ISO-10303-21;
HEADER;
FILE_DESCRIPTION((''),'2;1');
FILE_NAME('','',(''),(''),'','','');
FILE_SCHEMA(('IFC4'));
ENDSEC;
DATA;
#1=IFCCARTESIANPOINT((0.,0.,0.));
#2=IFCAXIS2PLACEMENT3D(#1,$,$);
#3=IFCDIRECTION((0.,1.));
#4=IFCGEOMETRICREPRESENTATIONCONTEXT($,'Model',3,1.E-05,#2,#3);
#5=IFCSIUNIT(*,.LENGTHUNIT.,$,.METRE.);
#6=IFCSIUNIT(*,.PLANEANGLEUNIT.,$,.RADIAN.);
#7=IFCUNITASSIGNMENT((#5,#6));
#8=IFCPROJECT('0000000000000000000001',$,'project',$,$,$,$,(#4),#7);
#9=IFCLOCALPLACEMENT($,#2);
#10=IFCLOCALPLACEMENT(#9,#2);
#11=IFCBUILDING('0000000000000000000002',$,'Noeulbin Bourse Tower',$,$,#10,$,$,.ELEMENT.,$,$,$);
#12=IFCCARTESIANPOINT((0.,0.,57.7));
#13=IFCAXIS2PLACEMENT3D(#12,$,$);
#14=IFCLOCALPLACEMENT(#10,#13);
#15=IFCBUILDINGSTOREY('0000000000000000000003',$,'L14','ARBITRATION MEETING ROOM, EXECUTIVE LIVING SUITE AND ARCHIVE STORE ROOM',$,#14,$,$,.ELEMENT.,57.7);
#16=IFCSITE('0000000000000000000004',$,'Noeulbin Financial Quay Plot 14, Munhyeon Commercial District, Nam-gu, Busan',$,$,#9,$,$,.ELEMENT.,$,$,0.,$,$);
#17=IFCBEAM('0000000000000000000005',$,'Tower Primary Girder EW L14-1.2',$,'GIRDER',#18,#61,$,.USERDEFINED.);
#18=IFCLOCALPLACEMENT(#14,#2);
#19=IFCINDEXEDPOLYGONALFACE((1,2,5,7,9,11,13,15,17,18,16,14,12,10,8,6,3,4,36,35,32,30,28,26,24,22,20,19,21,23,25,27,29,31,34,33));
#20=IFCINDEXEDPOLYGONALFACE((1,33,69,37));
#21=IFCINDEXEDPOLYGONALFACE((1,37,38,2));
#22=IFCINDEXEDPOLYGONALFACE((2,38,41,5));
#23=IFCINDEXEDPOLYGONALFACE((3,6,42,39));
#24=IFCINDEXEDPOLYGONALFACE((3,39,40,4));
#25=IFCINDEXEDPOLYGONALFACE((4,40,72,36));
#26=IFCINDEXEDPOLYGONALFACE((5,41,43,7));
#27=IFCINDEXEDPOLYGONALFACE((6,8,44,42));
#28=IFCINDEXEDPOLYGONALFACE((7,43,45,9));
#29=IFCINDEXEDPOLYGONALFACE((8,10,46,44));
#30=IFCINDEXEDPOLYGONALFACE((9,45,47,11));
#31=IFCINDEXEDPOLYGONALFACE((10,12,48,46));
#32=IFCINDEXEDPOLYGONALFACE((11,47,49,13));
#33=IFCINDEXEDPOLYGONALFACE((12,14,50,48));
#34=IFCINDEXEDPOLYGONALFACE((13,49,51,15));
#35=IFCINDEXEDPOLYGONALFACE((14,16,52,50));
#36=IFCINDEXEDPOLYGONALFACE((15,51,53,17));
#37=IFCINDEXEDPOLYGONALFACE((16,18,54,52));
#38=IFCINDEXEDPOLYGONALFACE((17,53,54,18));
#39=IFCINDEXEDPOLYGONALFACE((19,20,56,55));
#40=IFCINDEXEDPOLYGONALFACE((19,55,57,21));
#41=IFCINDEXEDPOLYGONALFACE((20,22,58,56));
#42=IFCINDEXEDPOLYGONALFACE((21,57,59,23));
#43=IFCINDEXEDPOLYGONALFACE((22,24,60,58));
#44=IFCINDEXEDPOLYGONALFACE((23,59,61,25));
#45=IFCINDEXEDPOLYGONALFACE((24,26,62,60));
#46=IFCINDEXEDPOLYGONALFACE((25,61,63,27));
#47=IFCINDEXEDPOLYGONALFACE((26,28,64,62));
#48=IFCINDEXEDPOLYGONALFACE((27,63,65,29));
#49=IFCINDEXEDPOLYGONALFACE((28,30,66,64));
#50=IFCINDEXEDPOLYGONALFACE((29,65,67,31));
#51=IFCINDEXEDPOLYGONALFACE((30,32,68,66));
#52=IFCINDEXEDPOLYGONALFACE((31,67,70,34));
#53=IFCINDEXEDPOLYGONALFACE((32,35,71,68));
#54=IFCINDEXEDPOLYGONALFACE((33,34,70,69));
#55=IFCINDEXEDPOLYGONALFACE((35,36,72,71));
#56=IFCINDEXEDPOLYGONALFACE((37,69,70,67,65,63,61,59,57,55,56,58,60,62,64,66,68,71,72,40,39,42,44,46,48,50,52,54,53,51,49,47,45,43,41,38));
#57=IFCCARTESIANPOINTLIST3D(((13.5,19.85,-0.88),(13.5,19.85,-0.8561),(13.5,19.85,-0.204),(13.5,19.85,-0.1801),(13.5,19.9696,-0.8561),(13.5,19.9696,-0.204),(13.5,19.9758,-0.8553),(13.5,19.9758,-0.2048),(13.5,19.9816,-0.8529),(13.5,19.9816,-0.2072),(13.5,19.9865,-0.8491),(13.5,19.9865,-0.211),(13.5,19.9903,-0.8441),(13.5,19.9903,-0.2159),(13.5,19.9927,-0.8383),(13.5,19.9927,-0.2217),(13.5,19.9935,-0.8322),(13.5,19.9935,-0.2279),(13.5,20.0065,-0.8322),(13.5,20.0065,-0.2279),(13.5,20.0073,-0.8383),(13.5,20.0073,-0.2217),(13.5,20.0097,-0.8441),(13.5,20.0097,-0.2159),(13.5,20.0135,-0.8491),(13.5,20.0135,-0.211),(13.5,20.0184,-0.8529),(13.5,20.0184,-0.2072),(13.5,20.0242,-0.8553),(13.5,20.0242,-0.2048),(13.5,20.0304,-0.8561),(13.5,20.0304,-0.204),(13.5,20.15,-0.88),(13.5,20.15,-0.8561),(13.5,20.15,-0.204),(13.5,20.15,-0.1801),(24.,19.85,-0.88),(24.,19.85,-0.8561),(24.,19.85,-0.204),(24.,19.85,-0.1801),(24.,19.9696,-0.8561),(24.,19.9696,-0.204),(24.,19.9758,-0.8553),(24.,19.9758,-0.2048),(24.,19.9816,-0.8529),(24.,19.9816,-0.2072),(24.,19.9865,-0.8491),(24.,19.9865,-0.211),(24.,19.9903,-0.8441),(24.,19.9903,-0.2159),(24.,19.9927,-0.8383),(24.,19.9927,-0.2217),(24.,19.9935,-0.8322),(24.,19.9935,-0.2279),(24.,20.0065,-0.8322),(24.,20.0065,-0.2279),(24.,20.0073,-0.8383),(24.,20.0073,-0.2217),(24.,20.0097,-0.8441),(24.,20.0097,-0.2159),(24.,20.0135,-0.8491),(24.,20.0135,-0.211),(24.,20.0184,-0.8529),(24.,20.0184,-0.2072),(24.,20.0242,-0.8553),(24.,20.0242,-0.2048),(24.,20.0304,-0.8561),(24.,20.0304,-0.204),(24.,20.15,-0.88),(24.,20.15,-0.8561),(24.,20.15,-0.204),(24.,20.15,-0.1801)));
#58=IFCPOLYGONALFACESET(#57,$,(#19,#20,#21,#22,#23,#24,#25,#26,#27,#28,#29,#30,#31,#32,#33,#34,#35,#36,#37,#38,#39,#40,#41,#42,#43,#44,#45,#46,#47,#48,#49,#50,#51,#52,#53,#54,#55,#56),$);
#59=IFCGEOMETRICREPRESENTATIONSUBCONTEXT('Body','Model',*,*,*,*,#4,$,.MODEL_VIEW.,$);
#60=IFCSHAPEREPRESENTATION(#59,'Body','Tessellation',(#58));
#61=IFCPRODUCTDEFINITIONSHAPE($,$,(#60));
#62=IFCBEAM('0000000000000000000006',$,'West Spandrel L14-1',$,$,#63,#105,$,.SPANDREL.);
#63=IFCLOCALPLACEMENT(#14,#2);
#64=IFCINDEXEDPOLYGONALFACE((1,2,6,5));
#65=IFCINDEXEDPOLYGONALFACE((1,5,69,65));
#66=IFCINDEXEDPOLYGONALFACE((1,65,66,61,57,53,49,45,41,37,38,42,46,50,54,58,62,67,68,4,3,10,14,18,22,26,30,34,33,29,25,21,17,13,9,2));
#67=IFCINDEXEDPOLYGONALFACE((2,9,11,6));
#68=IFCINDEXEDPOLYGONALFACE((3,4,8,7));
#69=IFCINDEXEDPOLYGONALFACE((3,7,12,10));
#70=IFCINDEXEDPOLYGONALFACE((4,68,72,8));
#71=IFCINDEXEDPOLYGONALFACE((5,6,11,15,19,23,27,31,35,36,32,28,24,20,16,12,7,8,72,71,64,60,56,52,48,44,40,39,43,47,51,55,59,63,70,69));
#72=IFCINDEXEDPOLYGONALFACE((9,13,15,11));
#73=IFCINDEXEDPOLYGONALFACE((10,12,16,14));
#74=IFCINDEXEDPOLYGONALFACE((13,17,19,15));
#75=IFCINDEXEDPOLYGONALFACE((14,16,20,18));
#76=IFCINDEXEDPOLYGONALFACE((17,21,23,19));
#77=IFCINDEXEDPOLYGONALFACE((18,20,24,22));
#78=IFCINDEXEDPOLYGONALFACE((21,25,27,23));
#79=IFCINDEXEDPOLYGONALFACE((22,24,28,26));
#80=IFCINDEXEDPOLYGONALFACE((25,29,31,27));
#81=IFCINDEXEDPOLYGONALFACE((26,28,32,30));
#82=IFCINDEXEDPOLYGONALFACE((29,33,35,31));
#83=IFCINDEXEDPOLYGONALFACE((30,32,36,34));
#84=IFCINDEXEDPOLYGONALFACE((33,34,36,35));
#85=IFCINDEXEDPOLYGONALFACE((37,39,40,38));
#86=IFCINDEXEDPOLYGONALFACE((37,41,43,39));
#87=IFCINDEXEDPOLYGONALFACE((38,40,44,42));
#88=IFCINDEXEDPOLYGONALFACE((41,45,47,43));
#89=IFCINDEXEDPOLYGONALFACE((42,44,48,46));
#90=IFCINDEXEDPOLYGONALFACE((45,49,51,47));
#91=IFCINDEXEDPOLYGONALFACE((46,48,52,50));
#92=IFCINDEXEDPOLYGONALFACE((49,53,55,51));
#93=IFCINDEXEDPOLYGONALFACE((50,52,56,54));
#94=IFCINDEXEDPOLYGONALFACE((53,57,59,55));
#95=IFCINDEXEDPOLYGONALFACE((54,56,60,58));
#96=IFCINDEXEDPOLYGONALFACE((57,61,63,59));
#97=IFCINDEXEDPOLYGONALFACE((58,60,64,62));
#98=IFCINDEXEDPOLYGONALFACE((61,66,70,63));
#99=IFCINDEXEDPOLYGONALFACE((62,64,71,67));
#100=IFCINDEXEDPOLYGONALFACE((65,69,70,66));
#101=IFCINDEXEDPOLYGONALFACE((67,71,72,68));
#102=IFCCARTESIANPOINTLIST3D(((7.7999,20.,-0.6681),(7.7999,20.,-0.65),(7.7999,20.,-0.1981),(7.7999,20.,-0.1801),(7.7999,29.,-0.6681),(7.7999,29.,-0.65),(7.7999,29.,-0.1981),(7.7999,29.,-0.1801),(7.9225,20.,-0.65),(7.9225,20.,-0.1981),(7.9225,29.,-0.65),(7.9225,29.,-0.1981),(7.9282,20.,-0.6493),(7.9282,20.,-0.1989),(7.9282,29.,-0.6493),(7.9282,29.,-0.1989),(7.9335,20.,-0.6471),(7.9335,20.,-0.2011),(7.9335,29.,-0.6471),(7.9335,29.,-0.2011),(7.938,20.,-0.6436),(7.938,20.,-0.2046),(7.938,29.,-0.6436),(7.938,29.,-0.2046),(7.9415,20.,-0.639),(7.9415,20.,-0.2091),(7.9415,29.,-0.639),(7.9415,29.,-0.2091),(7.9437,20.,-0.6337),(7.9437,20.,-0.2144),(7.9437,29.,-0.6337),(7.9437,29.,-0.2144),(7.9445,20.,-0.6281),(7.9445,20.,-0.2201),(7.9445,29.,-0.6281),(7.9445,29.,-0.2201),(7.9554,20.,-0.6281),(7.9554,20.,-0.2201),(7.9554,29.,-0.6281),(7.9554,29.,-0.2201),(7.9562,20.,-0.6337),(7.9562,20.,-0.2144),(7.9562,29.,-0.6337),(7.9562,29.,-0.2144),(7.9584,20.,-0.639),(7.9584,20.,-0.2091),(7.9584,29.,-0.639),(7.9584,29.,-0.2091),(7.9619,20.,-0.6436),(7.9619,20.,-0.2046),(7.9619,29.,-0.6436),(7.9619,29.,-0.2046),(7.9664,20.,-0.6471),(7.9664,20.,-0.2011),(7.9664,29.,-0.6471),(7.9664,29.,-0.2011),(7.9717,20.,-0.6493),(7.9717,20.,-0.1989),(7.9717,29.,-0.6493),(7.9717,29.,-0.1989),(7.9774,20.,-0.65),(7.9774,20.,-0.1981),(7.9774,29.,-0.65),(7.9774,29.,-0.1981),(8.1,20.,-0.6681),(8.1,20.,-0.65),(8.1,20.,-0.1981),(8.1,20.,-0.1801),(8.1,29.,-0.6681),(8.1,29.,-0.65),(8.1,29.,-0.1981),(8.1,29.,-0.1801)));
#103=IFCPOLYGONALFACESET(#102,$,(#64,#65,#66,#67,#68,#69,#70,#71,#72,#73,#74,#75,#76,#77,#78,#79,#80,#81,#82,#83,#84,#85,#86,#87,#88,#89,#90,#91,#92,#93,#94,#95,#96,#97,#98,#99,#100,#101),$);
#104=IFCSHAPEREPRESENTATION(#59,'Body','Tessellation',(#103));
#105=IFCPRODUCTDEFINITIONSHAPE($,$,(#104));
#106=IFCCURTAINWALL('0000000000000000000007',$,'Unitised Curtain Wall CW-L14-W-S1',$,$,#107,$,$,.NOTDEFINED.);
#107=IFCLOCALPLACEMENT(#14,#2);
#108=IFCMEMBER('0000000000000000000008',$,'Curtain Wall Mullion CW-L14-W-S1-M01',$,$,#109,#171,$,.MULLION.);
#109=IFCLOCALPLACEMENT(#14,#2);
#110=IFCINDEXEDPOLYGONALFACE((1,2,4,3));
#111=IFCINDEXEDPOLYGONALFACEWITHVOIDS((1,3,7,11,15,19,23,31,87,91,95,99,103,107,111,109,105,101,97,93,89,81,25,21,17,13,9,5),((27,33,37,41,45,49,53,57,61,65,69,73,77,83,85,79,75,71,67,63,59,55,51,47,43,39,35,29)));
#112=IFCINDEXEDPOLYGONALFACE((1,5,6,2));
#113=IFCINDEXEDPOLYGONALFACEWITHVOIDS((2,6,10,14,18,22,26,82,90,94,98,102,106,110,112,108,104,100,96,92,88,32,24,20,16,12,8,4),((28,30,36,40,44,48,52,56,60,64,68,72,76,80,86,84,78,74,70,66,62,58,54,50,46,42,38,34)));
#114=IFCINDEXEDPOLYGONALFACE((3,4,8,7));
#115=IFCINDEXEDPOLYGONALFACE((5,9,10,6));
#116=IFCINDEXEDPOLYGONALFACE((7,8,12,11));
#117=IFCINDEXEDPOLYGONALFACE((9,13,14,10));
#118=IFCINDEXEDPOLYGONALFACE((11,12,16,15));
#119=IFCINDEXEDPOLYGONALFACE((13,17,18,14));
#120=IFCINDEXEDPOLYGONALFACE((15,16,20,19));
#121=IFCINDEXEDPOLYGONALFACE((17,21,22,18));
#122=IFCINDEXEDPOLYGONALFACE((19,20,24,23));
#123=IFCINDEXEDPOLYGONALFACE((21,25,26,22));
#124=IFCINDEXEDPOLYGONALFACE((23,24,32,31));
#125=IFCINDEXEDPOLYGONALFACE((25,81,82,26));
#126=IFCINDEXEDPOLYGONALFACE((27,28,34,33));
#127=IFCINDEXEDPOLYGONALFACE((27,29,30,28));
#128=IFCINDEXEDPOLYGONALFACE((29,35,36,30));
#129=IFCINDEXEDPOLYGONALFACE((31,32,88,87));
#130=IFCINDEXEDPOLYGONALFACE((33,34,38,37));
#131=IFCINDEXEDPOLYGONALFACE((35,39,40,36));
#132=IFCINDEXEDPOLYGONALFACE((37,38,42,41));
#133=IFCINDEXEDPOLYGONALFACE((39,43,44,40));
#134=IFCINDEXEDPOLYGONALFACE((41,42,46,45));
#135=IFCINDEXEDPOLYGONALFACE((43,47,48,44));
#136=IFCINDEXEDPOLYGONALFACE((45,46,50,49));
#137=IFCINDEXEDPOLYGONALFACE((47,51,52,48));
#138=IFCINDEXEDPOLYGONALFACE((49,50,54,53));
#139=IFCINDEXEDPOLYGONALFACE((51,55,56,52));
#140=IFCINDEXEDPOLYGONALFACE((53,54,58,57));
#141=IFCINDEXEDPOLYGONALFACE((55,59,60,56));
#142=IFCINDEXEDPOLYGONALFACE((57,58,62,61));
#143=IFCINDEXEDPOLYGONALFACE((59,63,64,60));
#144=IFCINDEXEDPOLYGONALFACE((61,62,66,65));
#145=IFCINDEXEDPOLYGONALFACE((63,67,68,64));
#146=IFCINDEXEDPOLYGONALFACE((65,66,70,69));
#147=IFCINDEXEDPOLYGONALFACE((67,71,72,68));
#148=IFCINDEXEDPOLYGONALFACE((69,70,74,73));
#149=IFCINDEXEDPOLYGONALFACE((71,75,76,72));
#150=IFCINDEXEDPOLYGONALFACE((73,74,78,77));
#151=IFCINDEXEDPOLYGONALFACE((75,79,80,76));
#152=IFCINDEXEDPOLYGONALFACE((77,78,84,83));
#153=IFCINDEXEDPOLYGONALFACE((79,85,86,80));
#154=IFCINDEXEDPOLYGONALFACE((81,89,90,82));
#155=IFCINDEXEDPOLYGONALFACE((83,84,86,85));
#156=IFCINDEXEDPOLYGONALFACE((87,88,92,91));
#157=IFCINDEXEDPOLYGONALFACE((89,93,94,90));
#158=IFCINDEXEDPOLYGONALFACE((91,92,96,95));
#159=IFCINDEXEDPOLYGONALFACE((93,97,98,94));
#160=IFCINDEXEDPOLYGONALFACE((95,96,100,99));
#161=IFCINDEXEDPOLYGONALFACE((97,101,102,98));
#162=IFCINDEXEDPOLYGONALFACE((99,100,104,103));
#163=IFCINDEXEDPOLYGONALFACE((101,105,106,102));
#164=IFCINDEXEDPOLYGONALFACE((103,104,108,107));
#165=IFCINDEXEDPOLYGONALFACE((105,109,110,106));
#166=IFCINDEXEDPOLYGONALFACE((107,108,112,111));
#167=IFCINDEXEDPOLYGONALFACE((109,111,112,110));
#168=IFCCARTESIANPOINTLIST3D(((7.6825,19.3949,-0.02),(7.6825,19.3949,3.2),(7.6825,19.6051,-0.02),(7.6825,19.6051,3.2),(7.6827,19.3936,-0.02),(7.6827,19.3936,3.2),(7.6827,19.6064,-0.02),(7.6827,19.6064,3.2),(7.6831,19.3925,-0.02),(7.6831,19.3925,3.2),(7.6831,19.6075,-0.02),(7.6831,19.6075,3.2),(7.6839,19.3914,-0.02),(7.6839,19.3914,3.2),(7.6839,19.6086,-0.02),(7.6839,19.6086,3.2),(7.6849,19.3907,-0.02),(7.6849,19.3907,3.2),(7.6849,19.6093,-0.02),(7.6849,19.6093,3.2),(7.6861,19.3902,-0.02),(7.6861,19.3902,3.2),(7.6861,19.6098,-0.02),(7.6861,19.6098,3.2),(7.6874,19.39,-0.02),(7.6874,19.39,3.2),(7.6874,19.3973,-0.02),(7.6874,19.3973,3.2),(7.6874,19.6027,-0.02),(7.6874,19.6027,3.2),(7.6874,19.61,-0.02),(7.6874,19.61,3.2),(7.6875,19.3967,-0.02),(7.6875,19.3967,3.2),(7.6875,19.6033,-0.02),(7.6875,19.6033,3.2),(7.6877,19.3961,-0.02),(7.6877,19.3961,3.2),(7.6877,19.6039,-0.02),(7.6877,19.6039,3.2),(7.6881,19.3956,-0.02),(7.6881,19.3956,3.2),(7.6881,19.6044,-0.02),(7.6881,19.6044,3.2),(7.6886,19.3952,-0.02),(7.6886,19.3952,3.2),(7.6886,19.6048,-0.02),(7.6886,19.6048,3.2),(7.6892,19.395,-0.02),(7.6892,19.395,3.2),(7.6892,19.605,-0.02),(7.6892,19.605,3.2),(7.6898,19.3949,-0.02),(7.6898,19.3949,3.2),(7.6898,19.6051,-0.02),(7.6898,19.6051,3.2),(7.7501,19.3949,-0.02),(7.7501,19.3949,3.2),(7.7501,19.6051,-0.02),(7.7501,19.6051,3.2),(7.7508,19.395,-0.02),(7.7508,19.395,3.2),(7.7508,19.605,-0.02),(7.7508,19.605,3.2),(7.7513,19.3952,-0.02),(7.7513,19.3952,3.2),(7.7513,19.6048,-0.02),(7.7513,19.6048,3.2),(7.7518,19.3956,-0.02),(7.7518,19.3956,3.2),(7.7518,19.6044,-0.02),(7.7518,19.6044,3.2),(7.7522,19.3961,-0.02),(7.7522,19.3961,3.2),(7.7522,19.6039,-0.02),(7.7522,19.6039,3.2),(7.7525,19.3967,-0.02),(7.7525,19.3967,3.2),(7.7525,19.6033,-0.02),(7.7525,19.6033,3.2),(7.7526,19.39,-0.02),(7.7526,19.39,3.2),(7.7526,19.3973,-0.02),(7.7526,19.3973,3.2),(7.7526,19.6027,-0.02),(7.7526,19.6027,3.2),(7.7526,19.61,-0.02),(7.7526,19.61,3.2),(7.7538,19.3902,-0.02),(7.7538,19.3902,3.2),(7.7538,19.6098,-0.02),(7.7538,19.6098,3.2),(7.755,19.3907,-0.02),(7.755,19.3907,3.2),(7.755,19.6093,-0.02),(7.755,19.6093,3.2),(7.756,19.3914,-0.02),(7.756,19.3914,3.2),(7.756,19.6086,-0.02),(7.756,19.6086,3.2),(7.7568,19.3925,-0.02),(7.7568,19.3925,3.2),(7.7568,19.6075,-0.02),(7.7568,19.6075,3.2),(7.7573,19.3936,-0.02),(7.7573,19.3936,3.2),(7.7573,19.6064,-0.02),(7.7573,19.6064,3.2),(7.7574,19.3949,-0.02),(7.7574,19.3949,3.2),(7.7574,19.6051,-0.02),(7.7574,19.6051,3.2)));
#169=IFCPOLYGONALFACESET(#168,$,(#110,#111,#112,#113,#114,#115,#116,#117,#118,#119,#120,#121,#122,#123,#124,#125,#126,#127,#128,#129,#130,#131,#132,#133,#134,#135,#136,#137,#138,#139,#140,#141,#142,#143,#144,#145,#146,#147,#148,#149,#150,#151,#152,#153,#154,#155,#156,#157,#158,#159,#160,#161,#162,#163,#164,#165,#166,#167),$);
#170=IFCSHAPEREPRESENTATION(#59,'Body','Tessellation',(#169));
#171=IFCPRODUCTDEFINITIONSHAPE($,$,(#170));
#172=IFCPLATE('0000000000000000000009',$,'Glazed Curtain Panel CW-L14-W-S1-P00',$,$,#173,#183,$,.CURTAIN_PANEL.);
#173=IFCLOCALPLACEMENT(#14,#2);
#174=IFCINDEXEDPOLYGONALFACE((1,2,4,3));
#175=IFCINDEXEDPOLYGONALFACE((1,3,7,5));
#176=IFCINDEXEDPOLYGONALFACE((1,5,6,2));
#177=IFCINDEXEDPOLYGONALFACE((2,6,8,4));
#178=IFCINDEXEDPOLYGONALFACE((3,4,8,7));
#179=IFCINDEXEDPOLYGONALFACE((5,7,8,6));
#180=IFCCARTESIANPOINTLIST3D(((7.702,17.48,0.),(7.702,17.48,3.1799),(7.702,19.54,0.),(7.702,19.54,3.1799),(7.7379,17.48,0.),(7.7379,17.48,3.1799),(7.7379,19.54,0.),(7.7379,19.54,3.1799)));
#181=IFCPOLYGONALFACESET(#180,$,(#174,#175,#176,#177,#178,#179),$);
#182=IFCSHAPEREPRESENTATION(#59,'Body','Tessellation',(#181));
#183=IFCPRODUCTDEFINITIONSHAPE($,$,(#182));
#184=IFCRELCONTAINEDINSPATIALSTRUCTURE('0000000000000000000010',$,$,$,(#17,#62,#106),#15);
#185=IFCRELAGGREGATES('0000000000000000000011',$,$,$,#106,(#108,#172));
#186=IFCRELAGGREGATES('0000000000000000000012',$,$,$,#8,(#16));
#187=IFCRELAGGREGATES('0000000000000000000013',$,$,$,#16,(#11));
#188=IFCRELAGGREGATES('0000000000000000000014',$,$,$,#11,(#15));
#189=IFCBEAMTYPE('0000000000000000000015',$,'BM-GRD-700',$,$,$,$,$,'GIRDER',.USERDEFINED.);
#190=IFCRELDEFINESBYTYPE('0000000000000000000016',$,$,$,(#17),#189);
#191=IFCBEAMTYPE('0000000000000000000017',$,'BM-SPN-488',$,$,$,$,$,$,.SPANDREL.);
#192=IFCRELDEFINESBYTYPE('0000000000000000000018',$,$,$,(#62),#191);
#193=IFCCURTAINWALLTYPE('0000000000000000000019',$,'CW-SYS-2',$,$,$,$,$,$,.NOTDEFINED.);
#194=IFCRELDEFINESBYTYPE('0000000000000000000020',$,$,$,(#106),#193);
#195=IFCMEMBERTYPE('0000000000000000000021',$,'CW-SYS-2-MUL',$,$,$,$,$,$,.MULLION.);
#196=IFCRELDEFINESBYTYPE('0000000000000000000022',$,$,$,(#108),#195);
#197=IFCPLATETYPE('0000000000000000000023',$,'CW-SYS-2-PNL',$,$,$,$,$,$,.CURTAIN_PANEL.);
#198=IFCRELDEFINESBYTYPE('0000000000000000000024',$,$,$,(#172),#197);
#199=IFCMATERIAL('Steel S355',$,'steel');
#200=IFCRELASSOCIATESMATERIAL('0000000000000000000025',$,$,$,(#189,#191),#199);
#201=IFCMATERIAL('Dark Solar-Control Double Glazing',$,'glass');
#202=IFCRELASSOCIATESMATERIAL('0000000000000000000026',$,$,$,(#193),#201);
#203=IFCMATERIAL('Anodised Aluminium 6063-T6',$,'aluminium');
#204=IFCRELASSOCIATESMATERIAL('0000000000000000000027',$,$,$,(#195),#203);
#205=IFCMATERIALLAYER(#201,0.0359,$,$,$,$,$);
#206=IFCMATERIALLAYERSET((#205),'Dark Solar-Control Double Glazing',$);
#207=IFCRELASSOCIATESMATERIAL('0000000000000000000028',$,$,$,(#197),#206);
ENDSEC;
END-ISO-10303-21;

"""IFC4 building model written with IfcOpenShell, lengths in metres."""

from ifc_helpers import new_model, si_unit, direction, frame, origin, origin_2d, place, context, subcontext, project, spatial, rectangle, hollow_rectangle, i_section, extrude, material, layer, layer_set, material_profile, profile_set, type_object, element, aggregate, save


model = new_model("IFC4")

# Units and contexts
model_context = context("Model", 3, precision=1e-05, world=origin(), true_north=direction((0.0, 1.0)))
body_context = subcontext(model_context, "Body", "Model", "MODEL_VIEW")
ifc_project = project(units=[si_unit("LENGTHUNIT", "METRE"), si_unit("PLANEANGLEUNIT", "RADIAN")], contexts=[model_context])

# Site, building, storey
site_placement = place(None, origin())
site = spatial("IfcSite", under=ifc_project, at=site_placement, Name="Noeulbin Financial Quay Plot 14, Munhyeon Commercial District, Nam-gu, Busan", CompositionType="ELEMENT", RefElevation=0.0)
building_placement = place(site_placement, origin())
building = spatial("IfcBuilding", under=site, at=building_placement, Name="Noeulbin Bourse Tower", CompositionType="ELEMENT")
storey_placement = place(building_placement, frame((0.0, 0.0, 57.7)))
storey = spatial("IfcBuildingStorey", under=building, at=storey_placement, Name="L14", Description="ARBITRATION MEETING ROOM, EXECUTIVE LIVING SUITE AND ARCHIVE STORE ROOM", CompositionType="ELEMENT", Elevation=57.7)

# Beams
ifc_material_1 = material(Name="Steel S355", Category="steel")
ifc_material_profile_1 = material_profile(ifc_material_1, i_section(OverallWidth=0.3, OverallDepth=0.7, WebThickness=0.0129, FlangeThickness=0.0239, FilletRadius=0.0239, at=origin_2d()), Name="H-700x300x13x24", Category="LoadBearing")
ifc_profile_set_1 = profile_set([ifc_material_profile_1], Name="Steel S355")
beam_type_1 = type_object("IfcBeamType", Name="BM-GRD-700", ElementType="GIRDER", PredefinedType="USERDEFINED", material=ifc_profile_set_1)
beam_1_placement = place(storey_placement, frame((13.5, 20.0, -0.53), z_axis=(1.0, 0.0, 0.0), x_axis=(0.0, 1.0, 0.0)))
element("IfcBeam", 1, at=beam_1_placement, inside=storey, type_object=beam_type_1, Name="Tower Primary Girder EW L14-1.2", ObjectType="GIRDER", PredefinedType="USERDEFINED", context=body_context, shape_type="SweptSolid", body=[
    extrude(i_section(OverallWidth=0.3, OverallDepth=0.7, WebThickness=0.0129, FlangeThickness=0.0239, FilletRadius=0.0239, at=origin_2d()), origin(), (0.0, 0.0, 1.0), 10.5),
])
ifc_material_profile_2 = material_profile(ifc_material_1, i_section(OverallWidth=0.3, OverallDepth=0.488, WebThickness=0.011, FlangeThickness=0.0181, FilletRadius=0.022, at=origin_2d()), Name="H-488x300x11x18", Category="LoadBearing")
ifc_profile_set_2 = profile_set([ifc_material_profile_2], Name="Steel S355")
beam_type_2 = type_object("IfcBeamType", Name="BM-SPN-488", PredefinedType="SPANDREL", material=ifc_profile_set_2)
beam_2_placement = place(storey_placement, frame((7.95, 20.0, -0.4241), z_axis=(0.0, 1.0, 0.0), x_axis=(-1.0, 0.0, 0.0)))
element("IfcBeam", 2, at=beam_2_placement, inside=storey, type_object=beam_type_2, Name="West Spandrel L14-1", PredefinedType="SPANDREL", context=body_context, shape_type="SweptSolid", body=[
    extrude(i_section(OverallWidth=0.3, OverallDepth=0.488, WebThickness=0.011, FlangeThickness=0.0181, FilletRadius=0.022, at=origin_2d()), origin(), (0.0, 0.0, 1.0), 9.0),
])

# Curtain wall, member, plate
ifc_material_2 = material(Name="Dark Solar-Control Double Glazing", Category="glass")
curtain_wall_type = type_object("IfcCurtainWallType", Name="CW-SYS-2", PredefinedType="NOTDEFINED", material=ifc_material_2)
curtain_wall_placement = place(storey_placement, origin())
curtain_wall = element("IfcCurtainWall", 3, at=curtain_wall_placement, inside=storey, type_object=curtain_wall_type, Name="Unitised Curtain Wall CW-L14-W-S1", PredefinedType="NOTDEFINED")
ifc_material_3 = material(Name="Anodised Aluminium 6063-T6", Category="aluminium")
ifc_material_profile_3 = material_profile(ifc_material_3, hollow_rectangle(XDim=0.075, YDim=0.22, WallThickness=0.0049, InnerFilletRadius=0.0024, OuterFilletRadius=0.0049, at=origin_2d()), Name="ALU-MULL-75x220x5", Category="LoadBearing")
ifc_profile_set_3 = profile_set([ifc_material_profile_3], Name="Anodised Aluminium 6063-T6")
member_type = type_object("IfcMemberType", Name="CW-SYS-2-MUL", PredefinedType="MULLION", material=ifc_profile_set_3)
member_placement = place(storey_placement, frame((7.72, 19.5, -0.02), z_axis=(0.0, 0.0, 1.0), x_axis=(1.0, 0.0, 0.0)))
member = element("IfcMember", 4, at=member_placement, type_object=member_type, Name="Curtain Wall Mullion CW-L14-W-S1-M01", PredefinedType="MULLION", context=body_context, shape_type="SweptSolid", body=[
    extrude(hollow_rectangle(XDim=0.075, YDim=0.22, WallThickness=0.0049, InnerFilletRadius=0.0024, OuterFilletRadius=0.0049, at=origin_2d()), origin(), (0.0, 0.0, 1.0), 3.22),
])
ifc_layer_1 = layer(ifc_material_2, 0.0359)
ifc_layer_set_1 = layer_set([ifc_layer_1], Name="Dark Solar-Control Double Glazing")
plate_type_1 = type_object("IfcPlateType", Name="CW-SYS-2-PNL", PredefinedType="CURTAIN_PANEL", material=ifc_layer_set_1)
plate_placement = place(storey_placement, frame((7.72, 18.51, 0.0), z_axis=(0.0, 0.0, 1.0), x_axis=(0.0, 1.0, 0.0)))
plate = element("IfcPlate", 5, at=plate_placement, type_object=plate_type_1, Name="Glazed Curtain Panel CW-L14-W-S1-P00", PredefinedType="CURTAIN_PANEL", context=body_context, shape_type="SweptSolid", body=[
    extrude(rectangle(XDim=2.0601, YDim=0.0359, at=origin_2d()), origin(), (0.0, 0.0, 1.0), 3.1799),
])
aggregate(curtain_wall, [member, plate])

save(model, "model.ifc")
